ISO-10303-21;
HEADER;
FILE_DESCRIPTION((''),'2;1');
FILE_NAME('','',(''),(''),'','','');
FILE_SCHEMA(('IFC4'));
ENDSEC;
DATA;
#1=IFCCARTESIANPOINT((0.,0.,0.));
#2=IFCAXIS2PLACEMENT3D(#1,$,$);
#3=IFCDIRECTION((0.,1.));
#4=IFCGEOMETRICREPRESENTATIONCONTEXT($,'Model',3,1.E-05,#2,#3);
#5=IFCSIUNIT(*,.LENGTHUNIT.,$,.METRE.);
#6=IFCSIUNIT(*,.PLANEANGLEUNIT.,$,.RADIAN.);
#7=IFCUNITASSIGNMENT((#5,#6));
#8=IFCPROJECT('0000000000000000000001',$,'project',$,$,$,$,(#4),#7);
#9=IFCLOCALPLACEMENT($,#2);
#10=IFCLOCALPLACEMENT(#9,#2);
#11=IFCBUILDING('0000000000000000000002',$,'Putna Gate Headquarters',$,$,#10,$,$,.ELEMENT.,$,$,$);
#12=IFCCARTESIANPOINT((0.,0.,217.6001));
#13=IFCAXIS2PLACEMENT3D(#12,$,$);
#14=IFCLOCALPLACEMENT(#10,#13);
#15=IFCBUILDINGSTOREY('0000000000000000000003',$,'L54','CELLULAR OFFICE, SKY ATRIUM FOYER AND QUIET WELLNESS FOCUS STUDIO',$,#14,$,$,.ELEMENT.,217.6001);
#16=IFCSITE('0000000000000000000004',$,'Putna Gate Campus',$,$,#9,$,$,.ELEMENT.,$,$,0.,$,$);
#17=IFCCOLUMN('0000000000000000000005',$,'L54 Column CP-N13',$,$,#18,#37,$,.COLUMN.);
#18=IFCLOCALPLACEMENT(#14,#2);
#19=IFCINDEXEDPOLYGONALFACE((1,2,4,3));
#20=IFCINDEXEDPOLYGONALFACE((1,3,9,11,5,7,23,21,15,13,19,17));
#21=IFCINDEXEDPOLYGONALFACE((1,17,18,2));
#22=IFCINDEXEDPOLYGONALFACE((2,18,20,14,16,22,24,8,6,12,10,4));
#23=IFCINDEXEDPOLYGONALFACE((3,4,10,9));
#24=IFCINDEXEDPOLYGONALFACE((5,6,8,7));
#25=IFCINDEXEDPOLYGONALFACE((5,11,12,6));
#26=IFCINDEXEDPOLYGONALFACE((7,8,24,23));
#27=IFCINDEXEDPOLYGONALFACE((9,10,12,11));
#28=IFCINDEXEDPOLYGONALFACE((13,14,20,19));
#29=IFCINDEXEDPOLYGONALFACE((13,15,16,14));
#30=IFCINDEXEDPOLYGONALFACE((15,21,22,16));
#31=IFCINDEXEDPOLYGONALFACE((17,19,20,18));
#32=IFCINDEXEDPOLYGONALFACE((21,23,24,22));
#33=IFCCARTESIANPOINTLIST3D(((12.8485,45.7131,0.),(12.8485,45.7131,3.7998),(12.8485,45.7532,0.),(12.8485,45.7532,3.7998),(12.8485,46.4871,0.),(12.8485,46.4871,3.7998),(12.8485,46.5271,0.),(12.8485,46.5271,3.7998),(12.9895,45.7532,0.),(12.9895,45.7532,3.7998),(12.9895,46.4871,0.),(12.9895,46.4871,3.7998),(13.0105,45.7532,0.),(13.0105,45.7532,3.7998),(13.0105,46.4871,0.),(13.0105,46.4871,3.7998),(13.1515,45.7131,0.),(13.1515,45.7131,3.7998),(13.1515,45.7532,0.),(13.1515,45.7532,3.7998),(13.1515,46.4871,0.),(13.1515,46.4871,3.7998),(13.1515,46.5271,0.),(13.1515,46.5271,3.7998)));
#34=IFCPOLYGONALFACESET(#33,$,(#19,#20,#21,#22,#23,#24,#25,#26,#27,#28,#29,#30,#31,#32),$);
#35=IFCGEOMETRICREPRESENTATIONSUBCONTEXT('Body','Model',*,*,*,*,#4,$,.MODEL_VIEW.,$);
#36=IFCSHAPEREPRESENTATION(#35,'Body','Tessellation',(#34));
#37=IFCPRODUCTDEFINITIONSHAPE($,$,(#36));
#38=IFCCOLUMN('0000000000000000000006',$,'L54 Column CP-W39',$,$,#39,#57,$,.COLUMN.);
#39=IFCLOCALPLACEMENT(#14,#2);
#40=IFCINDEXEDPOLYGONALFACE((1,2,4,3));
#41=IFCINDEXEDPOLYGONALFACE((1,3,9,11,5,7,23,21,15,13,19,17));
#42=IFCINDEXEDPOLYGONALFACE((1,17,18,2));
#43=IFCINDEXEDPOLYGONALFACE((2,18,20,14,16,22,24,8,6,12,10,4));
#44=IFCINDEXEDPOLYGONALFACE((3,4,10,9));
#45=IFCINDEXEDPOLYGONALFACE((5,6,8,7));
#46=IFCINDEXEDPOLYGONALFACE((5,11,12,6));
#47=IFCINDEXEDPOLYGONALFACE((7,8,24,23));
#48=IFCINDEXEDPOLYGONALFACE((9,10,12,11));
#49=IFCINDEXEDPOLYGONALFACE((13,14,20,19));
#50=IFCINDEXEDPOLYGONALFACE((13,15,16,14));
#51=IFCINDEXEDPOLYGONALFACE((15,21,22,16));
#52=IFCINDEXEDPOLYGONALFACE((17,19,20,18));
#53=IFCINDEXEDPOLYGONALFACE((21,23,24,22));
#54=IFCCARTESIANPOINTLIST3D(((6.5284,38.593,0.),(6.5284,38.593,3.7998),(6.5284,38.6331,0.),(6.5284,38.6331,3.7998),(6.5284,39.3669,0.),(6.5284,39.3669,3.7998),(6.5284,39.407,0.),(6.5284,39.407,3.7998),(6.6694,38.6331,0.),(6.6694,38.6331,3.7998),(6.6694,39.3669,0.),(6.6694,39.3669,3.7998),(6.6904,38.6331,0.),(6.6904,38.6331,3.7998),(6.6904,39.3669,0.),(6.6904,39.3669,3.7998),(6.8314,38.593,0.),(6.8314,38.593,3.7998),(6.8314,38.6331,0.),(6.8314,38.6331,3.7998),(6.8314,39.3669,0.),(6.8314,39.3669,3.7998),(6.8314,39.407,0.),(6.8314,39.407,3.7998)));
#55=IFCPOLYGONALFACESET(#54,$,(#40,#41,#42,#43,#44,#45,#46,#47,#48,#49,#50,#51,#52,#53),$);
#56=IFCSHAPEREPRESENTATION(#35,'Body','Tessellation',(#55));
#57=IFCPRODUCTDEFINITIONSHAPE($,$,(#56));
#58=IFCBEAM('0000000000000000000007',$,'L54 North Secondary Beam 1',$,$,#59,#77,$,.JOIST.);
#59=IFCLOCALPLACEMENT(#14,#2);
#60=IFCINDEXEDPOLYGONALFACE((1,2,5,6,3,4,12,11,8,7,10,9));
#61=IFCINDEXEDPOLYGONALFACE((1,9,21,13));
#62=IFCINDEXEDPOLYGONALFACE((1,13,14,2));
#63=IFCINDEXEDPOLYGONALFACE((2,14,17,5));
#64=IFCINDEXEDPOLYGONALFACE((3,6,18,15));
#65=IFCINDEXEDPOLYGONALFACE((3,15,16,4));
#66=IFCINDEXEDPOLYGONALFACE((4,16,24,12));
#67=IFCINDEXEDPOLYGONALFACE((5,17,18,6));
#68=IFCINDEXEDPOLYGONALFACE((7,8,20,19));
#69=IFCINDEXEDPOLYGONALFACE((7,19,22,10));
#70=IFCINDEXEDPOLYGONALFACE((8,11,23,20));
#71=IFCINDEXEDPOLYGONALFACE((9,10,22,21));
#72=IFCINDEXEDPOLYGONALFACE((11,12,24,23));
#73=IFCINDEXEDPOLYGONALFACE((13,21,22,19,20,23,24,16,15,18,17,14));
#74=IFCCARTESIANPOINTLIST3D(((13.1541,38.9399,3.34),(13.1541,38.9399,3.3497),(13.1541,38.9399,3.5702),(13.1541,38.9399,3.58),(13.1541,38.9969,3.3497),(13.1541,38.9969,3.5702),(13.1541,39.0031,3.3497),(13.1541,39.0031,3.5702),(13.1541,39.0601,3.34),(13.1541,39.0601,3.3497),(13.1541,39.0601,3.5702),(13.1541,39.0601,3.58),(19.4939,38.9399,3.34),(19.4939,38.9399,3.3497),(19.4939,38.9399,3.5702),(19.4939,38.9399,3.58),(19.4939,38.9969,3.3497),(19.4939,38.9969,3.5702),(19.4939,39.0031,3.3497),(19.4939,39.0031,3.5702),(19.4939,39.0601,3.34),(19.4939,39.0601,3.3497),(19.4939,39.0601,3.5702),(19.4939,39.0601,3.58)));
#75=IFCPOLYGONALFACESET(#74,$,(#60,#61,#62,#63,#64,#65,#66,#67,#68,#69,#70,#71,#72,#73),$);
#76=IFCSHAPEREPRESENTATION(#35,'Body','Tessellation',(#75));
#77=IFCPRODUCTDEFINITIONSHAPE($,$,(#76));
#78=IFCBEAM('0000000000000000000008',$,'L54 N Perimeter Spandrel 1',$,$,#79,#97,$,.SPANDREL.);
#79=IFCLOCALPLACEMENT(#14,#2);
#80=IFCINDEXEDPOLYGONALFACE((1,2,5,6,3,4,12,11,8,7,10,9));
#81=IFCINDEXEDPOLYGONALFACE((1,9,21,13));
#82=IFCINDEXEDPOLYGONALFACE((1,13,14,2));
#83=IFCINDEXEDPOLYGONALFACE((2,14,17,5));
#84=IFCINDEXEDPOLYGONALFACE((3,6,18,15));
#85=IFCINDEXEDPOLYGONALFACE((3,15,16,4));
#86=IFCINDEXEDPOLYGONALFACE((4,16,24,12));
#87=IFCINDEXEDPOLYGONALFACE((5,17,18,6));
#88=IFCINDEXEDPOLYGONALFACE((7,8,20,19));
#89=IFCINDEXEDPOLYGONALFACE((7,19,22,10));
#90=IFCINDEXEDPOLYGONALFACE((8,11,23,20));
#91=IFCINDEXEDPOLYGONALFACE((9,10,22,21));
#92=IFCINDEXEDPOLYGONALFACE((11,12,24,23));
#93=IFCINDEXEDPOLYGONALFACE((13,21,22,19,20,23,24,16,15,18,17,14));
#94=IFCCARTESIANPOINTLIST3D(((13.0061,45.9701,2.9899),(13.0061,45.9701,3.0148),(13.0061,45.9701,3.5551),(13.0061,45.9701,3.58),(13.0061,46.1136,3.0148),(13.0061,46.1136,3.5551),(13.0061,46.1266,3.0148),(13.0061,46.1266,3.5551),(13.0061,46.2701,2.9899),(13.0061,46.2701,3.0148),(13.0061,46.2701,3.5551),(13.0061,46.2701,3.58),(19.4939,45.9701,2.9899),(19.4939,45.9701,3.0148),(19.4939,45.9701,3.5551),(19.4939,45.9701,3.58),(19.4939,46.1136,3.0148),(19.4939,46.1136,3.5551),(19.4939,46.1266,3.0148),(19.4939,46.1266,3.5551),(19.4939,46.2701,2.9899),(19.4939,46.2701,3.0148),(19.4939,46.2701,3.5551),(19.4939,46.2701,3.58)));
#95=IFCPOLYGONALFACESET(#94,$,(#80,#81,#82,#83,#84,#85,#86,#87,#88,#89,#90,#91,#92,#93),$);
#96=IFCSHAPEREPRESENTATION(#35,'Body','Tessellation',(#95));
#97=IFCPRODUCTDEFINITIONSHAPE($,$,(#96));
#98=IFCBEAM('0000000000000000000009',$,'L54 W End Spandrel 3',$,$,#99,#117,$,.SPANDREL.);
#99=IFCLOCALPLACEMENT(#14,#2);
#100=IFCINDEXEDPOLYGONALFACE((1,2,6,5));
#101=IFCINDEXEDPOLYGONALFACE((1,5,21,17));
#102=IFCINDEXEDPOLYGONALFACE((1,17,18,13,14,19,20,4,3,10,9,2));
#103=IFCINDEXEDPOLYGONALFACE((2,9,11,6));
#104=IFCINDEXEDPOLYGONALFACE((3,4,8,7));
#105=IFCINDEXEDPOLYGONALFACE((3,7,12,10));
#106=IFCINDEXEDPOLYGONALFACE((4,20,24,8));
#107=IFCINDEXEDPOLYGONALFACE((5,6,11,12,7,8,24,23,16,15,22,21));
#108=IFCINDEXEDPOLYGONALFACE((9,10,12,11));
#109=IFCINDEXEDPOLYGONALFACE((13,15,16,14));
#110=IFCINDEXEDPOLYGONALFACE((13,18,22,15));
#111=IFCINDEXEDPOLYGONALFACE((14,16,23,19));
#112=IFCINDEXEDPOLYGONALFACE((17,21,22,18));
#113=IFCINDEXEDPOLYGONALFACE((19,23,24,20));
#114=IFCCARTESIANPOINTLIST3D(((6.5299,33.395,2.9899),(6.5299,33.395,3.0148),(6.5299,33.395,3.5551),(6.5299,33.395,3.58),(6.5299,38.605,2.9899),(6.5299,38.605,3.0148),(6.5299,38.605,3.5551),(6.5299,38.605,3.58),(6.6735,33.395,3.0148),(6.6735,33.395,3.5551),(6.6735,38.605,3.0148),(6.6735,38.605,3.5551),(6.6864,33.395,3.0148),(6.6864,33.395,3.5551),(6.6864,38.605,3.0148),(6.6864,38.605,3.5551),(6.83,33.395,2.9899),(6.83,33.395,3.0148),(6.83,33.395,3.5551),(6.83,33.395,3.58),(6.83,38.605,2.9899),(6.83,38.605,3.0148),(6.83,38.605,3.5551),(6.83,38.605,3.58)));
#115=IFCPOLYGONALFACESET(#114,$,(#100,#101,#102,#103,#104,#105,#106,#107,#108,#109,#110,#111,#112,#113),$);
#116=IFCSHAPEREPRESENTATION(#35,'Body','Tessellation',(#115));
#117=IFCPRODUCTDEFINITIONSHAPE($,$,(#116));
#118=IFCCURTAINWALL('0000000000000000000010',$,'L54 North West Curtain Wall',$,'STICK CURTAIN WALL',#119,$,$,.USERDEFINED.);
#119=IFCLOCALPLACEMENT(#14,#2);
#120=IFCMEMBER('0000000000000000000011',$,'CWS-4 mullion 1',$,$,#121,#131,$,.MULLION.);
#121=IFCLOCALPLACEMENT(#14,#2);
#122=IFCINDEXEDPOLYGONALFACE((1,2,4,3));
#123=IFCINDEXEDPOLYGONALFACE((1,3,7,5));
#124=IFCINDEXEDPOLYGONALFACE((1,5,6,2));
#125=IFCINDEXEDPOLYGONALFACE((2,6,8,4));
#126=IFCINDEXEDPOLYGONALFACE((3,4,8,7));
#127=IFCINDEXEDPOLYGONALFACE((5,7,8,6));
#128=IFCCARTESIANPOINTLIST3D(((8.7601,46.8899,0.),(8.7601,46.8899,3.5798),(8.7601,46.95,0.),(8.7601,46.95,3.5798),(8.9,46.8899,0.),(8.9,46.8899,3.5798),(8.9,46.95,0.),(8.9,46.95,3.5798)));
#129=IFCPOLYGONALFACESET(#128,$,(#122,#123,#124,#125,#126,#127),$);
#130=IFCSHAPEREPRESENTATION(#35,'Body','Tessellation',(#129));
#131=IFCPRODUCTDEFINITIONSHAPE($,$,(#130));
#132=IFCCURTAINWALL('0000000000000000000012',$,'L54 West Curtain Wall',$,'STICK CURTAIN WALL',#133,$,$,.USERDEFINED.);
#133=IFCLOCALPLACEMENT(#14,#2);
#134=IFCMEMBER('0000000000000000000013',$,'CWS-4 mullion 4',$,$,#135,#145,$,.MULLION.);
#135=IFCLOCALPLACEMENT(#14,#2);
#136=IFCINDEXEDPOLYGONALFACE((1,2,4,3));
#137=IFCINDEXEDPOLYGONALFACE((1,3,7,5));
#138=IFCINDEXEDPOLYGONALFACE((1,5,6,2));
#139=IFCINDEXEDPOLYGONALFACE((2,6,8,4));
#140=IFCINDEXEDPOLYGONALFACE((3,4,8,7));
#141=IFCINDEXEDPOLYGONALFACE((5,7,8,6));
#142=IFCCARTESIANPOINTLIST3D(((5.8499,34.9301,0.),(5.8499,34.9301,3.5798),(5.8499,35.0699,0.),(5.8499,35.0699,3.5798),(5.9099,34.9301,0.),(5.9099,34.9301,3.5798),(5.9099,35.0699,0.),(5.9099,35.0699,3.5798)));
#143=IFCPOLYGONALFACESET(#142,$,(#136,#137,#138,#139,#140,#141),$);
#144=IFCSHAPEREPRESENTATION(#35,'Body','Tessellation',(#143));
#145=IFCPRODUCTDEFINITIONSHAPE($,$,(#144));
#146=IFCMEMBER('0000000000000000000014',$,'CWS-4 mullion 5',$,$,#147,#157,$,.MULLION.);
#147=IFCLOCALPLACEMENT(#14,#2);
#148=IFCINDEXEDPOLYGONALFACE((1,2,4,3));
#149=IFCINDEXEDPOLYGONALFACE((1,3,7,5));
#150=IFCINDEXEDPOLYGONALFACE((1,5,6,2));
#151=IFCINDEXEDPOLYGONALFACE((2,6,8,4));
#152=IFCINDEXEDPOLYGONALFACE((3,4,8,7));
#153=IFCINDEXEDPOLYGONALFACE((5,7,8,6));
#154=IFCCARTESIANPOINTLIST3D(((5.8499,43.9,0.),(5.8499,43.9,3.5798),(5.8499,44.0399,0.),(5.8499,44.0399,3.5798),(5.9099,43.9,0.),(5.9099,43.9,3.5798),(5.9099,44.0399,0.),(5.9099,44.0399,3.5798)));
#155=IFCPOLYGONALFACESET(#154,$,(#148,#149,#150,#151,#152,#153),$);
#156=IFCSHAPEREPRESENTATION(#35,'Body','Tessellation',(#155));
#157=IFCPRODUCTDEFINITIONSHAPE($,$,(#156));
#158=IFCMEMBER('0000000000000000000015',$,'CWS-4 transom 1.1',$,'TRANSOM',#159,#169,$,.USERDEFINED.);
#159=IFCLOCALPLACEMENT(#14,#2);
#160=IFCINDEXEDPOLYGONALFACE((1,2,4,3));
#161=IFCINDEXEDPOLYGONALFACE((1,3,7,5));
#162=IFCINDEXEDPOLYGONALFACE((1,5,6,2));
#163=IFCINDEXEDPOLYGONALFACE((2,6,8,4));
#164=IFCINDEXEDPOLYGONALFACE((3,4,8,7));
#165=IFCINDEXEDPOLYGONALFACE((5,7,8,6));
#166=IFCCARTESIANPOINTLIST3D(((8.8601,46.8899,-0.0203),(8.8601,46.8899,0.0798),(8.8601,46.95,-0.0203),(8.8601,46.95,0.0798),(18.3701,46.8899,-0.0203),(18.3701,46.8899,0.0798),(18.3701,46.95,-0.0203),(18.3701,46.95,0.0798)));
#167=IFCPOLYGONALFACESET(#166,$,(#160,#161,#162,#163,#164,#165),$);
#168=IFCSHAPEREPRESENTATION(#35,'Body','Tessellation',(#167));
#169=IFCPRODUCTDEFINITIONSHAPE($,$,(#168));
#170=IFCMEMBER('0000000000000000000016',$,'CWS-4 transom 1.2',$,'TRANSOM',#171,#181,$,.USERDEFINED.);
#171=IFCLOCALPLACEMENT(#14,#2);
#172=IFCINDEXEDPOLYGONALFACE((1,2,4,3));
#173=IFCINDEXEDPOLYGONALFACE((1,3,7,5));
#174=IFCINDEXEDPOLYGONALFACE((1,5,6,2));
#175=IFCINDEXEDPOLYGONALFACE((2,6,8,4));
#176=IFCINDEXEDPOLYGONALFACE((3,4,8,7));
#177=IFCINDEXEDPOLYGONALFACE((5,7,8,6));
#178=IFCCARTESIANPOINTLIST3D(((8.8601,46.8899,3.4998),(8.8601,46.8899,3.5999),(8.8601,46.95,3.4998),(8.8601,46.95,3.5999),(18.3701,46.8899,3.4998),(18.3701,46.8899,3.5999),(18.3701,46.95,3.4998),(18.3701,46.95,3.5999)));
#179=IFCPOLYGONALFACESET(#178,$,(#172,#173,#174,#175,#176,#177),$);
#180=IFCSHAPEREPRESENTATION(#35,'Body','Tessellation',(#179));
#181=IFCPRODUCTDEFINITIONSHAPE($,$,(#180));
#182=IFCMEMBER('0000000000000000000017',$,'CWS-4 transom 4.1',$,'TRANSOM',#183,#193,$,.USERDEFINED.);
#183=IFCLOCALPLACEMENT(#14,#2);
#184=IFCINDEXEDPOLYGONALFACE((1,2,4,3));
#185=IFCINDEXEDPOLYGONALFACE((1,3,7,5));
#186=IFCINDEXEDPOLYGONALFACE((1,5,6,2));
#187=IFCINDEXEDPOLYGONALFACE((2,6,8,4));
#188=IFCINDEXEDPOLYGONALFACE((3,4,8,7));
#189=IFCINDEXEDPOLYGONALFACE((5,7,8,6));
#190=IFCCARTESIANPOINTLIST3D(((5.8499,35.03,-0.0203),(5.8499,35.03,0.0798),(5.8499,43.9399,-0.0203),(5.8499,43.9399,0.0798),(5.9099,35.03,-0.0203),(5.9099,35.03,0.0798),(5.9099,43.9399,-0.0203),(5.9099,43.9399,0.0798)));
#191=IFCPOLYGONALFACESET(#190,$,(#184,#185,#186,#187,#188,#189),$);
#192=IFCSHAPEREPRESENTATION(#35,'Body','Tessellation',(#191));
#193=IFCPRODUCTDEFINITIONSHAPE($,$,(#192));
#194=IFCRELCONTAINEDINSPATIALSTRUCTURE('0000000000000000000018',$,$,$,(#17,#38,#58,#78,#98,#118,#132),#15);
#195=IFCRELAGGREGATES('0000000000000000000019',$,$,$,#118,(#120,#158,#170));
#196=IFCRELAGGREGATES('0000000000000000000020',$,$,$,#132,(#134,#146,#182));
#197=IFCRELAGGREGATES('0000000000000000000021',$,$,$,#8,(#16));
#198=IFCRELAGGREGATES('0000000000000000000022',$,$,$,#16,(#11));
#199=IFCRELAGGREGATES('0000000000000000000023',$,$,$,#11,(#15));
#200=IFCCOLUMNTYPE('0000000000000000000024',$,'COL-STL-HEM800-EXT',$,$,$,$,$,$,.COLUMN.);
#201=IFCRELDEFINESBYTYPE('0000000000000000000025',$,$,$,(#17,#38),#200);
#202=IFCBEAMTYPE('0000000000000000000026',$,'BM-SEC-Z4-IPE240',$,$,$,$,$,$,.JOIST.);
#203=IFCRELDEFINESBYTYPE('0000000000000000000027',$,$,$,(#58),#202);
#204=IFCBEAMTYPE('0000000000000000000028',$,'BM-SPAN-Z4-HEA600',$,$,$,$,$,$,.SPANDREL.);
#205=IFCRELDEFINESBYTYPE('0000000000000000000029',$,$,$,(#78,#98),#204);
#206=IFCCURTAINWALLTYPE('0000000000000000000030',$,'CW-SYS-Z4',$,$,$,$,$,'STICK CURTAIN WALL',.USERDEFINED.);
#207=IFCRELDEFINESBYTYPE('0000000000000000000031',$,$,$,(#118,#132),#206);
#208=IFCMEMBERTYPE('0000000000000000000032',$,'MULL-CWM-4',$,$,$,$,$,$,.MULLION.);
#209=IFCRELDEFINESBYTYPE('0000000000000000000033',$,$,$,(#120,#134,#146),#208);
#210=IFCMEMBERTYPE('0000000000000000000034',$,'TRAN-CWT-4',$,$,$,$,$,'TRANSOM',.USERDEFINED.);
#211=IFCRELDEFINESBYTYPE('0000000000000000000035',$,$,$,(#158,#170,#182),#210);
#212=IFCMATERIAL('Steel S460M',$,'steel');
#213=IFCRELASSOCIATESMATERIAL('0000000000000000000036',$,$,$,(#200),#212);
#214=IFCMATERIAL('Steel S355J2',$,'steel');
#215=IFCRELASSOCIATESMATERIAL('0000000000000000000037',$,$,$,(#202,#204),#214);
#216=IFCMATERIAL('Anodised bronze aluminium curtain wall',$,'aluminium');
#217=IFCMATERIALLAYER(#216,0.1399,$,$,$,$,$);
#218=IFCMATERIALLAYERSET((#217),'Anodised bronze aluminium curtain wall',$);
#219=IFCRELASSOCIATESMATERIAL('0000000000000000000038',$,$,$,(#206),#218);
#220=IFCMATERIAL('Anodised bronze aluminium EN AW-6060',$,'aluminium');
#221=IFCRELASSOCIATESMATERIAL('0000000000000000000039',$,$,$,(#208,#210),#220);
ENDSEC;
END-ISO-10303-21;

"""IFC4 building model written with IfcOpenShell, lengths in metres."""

from ifc_helpers import new_model, si_unit, direction, frame, origin, origin_2d, place, context, subcontext, project, spatial, rectangle, i_section, extrude, material, layer, layer_set, material_profile, profile_set, type_object, element, aggregate, save


model = new_model("IFC4")

# Units and contexts
model_context = context("Model", 3, precision=1e-05, world=origin(), true_north=direction((0.0, 1.0)))
body_context = subcontext(model_context, "Body", "Model", "MODEL_VIEW")
ifc_project = project(units=[si_unit("LENGTHUNIT", "METRE"), si_unit("PLANEANGLEUNIT", "RADIAN")], contexts=[model_context])

# Site, building, storey
site_placement = place(None, origin())
site = spatial("IfcSite", under=ifc_project, at=site_placement, Name="Putna Gate Campus", CompositionType="ELEMENT", RefElevation=0.0)
building_placement = place(site_placement, origin())
building = spatial("IfcBuilding", under=site, at=building_placement, Name="Putna Gate Headquarters", CompositionType="ELEMENT")
storey_placement = place(building_placement, frame((0.0, 0.0, 217.6001)))
storey = spatial("IfcBuildingStorey", under=building, at=storey_placement, Name="L54", Description="CELLULAR OFFICE, SKY ATRIUM FOYER AND QUIET WELLNESS FOCUS STUDIO", CompositionType="ELEMENT", Elevation=217.6001)

# Columns
ifc_material_1 = material(Name="Steel S460M", Category="steel")
ifc_material_profile_1 = material_profile(ifc_material_1, i_section(OverallWidth=0.303, OverallDepth=0.814, WebThickness=0.021, FlangeThickness=0.04, at=origin_2d()), Name="Steel S460M")
ifc_profile_set_1 = profile_set([ifc_material_profile_1], Name="Steel S460M")
column_type = type_object("IfcColumnType", Name="COL-STL-HEM800-EXT", PredefinedType="COLUMN", material=ifc_profile_set_1)
for number, where, z_axis, x_axis, name in (
    (1, (13.0, 46.1201, 0.0), (0.0, 0.0, 1.0), (1.0, 0.0, 0.0), "L54 Column CP-N13"),
    (2, (6.6799, 39.0, 0.0), (0.0, 0.0, 1.0), (1.0, 0.0, 0.0), "L54 Column CP-W39"),
):
    element("IfcColumn", number, at=place(storey_placement, frame(where, z_axis=z_axis, x_axis=x_axis)), inside=storey, type_object=column_type, Name=name, PredefinedType="COLUMN", context=body_context, shape_type="SweptSolid", body=[
        extrude(i_section(OverallWidth=0.303, OverallDepth=0.814, WebThickness=0.021, FlangeThickness=0.04, at=origin_2d()), origin(), (0.0, 0.0, 1.0), 3.7998),
    ])

# Beams
ifc_material_2 = material(Name="Steel S355J2", Category="steel")
ifc_material_profile_2 = material_profile(ifc_material_2, i_section(OverallWidth=0.1201, OverallDepth=0.24, WebThickness=0.0061, FlangeThickness=0.0098, at=origin_2d()), Name="Steel S355J2")
ifc_profile_set_2 = profile_set([ifc_material_profile_2], Name="Steel S355J2")
beam_type_1 = type_object("IfcBeamType", Name="BM-SEC-Z4-IPE240", PredefinedType="JOIST", material=ifc_profile_set_2)
beam_1_placement = place(storey_placement, frame((13.1541, 39.0, 3.46), z_axis=(1.0, 0.0, 0.0), x_axis=(0.0, 1.0, 0.0)))
element("IfcBeam", 3, at=beam_1_placement, inside=storey, type_object=beam_type_1, Name="L54 North Secondary Beam 1", PredefinedType="JOIST", context=body_context, shape_type="SweptSolid", body=[
    extrude(i_section(OverallWidth=0.1201, OverallDepth=0.24, WebThickness=0.0061, FlangeThickness=0.0098, at=origin_2d()), origin(), (0.0, 0.0, 1.0), 6.3398),
])
ifc_material_profile_3 = material_profile(ifc_material_2, i_section(OverallWidth=0.3, OverallDepth=0.5901, WebThickness=0.0129, FlangeThickness=0.0249, at=origin_2d()), Name="Steel S355J2")
ifc_profile_set_3 = profile_set([ifc_material_profile_3], Name="Steel S355J2")
beam_type_2 = type_object("IfcBeamType", Name="BM-SPAN-Z4-HEA600", PredefinedType="SPANDREL", material=ifc_profile_set_3)
beam_2_placement = place(storey_placement, frame((13.0061, 46.1201, 3.2849), z_axis=(1.0, 0.0, 0.0), x_axis=(0.0, 1.0, 0.0)))
element("IfcBeam", 4, at=beam_2_placement, inside=storey, type_object=beam_type_2, Name="L54 N Perimeter Spandrel 1", PredefinedType="SPANDREL", context=body_context, shape_type="SweptSolid", body=[
    extrude(i_section(OverallWidth=0.3, OverallDepth=0.5901, WebThickness=0.0129, FlangeThickness=0.0249, at=origin_2d()), origin(), (0.0, 0.0, 1.0), 6.4878),
])
beam_3_placement = place(storey_placement, frame((6.6799, 33.395, 3.2849), z_axis=(0.0, 1.0, 0.0), x_axis=(-1.0, 0.0, 0.0)))
element("IfcBeam", 5, at=beam_3_placement, inside=storey, type_object=beam_type_2, Name="L54 W End Spandrel 3", PredefinedType="SPANDREL", context=body_context, shape_type="SweptSolid", body=[
    extrude(i_section(OverallWidth=0.3, OverallDepth=0.5901, WebThickness=0.0129, FlangeThickness=0.0249, at=origin_2d()), origin(), (0.0, 0.0, 1.0), 5.21),
])

# Curtain wall, member
ifc_material_3 = material(Name="Anodised bronze aluminium curtain wall", Category="aluminium")
ifc_layer_1 = layer(ifc_material_3, 0.1399)
ifc_layer_set_1 = layer_set([ifc_layer_1], Name="Anodised bronze aluminium curtain wall")
curtain_wall_type = type_object("IfcCurtainWallType", Name="CW-SYS-Z4", ElementType="STICK CURTAIN WALL", PredefinedType="USERDEFINED", material=ifc_layer_set_1)
curtain_wall_1_placement = place(storey_placement, origin())
curtain_wall_1 = element("IfcCurtainWall", 6, at=curtain_wall_1_placement, inside=storey, type_object=curtain_wall_type, Name="L54 North West Curtain Wall", ObjectType="STICK CURTAIN WALL", PredefinedType="USERDEFINED")
ifc_material_4 = material(Name="Anodised bronze aluminium EN AW-6060", Category="aluminium")
ifc_material_profile_4 = material_profile(ifc_material_4, rectangle(XDim=0.0601, YDim=0.1399, at=origin_2d()), Name="Anodised bronze aluminium EN AW-6060")
ifc_profile_set_4 = profile_set([ifc_material_profile_4], Name="Anodised bronze aluminium EN AW-6060")
member_type_1 = type_object("IfcMemberType", Name="MULL-CWM-4", PredefinedType="MULLION", material=ifc_profile_set_4)
member_1_placement = place(storey_placement, frame((8.8301, 46.9199, 0.0), z_axis=(0.0, 0.0, 1.0), x_axis=(0.0, 1.0, 0.0)))
member_1 = element("IfcMember", 7, at=member_1_placement, type_object=member_type_1, Name="CWS-4 mullion 1", PredefinedType="MULLION", context=body_context, shape_type="SweptSolid", body=[
    extrude(rectangle(XDim=0.0601, YDim=0.1399, at=origin_2d()), origin(), (0.0, 0.0, 1.0), 3.5798),
])

# Curtain wall, members
curtain_wall_2_placement = place(storey_placement, origin())
curtain_wall_2 = element("IfcCurtainWall", 8, at=curtain_wall_2_placement, inside=storey, type_object=curtain_wall_type, Name="L54 West Curtain Wall", ObjectType="STICK CURTAIN WALL", PredefinedType="USERDEFINED")
member_2_placement = place(storey_placement, frame((5.8799, 35.0, 0.0), z_axis=(0.0, 0.0, 1.0), x_axis=(-1.0, 0.0, 0.0)))
member_2 = element("IfcMember", 9, at=member_2_placement, type_object=member_type_1, Name="CWS-4 mullion 4", PredefinedType="MULLION", context=body_context, shape_type="SweptSolid", body=[
    extrude(rectangle(XDim=0.0601, YDim=0.1399, at=origin_2d()), origin(), (0.0, 0.0, 1.0), 3.5798),
])
member_3_placement = place(storey_placement, frame((5.8799, 43.97, 0.0), z_axis=(0.0, 0.0, 1.0), x_axis=(-1.0, 0.0, 0.0)))
member_3 = element("IfcMember", 10, at=member_3_placement, type_object=member_type_1, Name="CWS-4 mullion 5", PredefinedType="MULLION", context=body_context, shape_type="SweptSolid", body=[
    extrude(rectangle(XDim=0.0601, YDim=0.1399, at=origin_2d()), origin(), (0.0, 0.0, 1.0), 3.5798),
])

# Members
ifc_material_profile_5 = material_profile(ifc_material_4, rectangle(XDim=0.0601, YDim=0.1001, at=origin_2d()), Name="Anodised bronze aluminium EN AW-6060")
ifc_profile_set_5 = profile_set([ifc_material_profile_5], Name="Anodised bronze aluminium EN AW-6060")
member_type_2 = type_object("IfcMemberType", Name="TRAN-CWT-4", ElementType="TRANSOM", PredefinedType="USERDEFINED", material=ifc_profile_set_5)
member_4_placement = place(storey_placement, frame((8.8601, 46.9199, 0.0298), z_axis=(1.0, 0.0, 0.0), x_axis=(0.0, 1.0, 0.0)))
member_4 = element("IfcMember", 11, at=member_4_placement, type_object=member_type_2, Name="CWS-4 transom 1.1", ObjectType="TRANSOM", PredefinedType="USERDEFINED", context=body_context, shape_type="SweptSolid", body=[
    extrude(rectangle(XDim=0.0601, YDim=0.1001, at=origin_2d()), origin(), (0.0, 0.0, 1.0), 9.51),
])
member_5_placement = place(storey_placement, frame((8.8601, 46.9199, 3.5498), z_axis=(1.0, 0.0, 0.0), x_axis=(0.0, 1.0, 0.0)))
member_5 = element("IfcMember", 12, at=member_5_placement, type_object=member_type_2, Name="CWS-4 transom 1.2", ObjectType="TRANSOM", PredefinedType="USERDEFINED", context=body_context, shape_type="SweptSolid", body=[
    extrude(rectangle(XDim=0.0601, YDim=0.1001, at=origin_2d()), origin(), (0.0, 0.0, 1.0), 9.51),
])
member_6_placement = place(storey_placement, frame((5.8799, 35.03, 0.0298), z_axis=(0.0, 1.0, 0.0), x_axis=(-1.0, 0.0, 0.0)))
member_6 = element("IfcMember", 13, at=member_6_placement, type_object=member_type_2, Name="CWS-4 transom 4.1", ObjectType="TRANSOM", PredefinedType="USERDEFINED", context=body_context, shape_type="SweptSolid", body=[
    extrude(rectangle(XDim=0.0601, YDim=0.1001, at=origin_2d()), origin(), (0.0, 0.0, 1.0), 8.9099),
])

aggregate(curtain_wall_1, [member_1, member_4, member_5])
aggregate(curtain_wall_2, [member_2, member_3, member_6])

save(model, "model.ifc")
